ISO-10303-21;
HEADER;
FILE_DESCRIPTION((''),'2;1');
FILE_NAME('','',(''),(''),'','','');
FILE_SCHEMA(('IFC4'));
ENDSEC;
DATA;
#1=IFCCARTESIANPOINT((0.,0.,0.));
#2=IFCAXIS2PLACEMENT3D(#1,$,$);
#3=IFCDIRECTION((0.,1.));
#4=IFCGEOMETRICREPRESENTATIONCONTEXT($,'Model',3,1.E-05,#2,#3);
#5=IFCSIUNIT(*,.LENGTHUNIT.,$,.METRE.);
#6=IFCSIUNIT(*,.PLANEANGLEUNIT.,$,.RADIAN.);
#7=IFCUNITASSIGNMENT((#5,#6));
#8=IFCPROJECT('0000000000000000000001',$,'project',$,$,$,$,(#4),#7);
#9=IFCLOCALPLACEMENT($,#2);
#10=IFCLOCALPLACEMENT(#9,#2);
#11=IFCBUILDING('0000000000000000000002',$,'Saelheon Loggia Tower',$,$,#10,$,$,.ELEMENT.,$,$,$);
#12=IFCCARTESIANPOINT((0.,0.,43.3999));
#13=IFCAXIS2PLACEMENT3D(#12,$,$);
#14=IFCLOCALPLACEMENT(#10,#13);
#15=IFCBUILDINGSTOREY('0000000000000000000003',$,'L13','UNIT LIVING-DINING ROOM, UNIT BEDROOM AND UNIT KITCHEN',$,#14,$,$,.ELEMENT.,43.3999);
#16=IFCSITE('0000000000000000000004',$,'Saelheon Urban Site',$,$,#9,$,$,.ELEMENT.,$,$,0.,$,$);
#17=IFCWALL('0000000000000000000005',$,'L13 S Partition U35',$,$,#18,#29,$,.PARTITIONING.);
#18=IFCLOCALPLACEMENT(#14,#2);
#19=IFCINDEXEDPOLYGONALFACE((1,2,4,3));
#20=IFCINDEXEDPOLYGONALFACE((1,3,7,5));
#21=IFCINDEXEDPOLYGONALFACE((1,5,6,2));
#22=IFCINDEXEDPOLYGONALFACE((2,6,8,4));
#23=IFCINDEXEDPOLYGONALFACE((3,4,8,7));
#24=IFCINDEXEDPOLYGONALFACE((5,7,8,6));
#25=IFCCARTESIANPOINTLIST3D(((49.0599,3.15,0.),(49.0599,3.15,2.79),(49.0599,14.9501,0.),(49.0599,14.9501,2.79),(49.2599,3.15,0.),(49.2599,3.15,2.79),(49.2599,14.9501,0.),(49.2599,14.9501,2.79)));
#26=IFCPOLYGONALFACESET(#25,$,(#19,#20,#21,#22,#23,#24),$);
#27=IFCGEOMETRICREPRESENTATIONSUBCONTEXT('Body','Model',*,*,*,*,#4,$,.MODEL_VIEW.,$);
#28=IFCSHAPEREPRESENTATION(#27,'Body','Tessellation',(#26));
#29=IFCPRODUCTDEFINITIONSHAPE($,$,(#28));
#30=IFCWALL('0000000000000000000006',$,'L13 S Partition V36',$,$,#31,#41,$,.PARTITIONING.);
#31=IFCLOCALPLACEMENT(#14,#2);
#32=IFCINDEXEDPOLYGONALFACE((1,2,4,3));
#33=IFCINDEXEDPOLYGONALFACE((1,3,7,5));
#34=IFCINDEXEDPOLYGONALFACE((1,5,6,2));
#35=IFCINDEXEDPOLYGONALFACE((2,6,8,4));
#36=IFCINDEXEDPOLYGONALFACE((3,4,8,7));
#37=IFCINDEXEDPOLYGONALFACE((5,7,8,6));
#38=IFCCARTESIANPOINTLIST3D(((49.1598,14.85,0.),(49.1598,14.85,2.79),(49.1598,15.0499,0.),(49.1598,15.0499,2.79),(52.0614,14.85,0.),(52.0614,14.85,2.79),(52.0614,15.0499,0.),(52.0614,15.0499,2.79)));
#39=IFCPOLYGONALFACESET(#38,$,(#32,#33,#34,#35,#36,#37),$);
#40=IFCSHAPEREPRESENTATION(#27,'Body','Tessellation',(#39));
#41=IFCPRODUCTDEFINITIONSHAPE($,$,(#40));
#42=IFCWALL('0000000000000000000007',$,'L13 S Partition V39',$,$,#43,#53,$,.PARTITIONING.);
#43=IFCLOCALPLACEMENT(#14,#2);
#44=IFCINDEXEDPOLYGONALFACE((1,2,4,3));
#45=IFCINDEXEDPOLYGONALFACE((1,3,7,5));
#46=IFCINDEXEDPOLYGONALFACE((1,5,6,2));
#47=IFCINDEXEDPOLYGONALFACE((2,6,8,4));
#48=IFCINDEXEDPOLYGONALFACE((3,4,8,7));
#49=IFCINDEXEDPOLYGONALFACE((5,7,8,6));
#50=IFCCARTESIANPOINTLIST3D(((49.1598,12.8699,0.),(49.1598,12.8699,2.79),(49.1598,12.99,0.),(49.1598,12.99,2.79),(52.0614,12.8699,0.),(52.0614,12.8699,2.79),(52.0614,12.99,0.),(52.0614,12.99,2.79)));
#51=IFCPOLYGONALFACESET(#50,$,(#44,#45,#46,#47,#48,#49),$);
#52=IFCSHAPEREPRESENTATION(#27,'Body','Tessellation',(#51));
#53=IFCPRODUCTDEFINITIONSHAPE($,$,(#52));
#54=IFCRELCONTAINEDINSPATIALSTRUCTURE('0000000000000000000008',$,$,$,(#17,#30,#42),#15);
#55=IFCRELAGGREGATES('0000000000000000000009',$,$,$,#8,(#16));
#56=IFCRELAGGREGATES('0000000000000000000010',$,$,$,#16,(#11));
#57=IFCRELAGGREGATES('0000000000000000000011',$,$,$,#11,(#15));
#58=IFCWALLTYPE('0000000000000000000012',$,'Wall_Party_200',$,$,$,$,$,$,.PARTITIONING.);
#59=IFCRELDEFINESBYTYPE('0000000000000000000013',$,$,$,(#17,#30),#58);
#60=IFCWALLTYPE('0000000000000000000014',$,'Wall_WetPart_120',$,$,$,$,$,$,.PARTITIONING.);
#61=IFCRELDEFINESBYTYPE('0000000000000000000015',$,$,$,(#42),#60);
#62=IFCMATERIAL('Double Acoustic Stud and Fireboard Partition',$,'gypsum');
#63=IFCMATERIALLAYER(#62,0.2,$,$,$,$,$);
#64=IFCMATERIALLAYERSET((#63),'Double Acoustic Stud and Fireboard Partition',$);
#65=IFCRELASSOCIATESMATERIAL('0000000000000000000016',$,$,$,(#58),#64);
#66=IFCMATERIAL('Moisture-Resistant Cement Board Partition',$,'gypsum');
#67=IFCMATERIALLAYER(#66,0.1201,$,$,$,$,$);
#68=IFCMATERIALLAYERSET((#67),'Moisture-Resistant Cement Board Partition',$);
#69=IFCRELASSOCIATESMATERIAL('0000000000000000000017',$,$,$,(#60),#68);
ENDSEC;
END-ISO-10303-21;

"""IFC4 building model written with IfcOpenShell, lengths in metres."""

from ifc_helpers import new_model, si_unit, direction, frame, frame_2d, origin, place, context, subcontext, project, spatial, rectangle, extrude, material, layer, layer_set, type_object, element, save


model = new_model("IFC4")

# Units and contexts
model_context = context("Model", 3, precision=1e-05, world=origin(), true_north=direction((0.0, 1.0)))
body_context = subcontext(model_context, "Body", "Model", "MODEL_VIEW")
ifc_project = project(units=[si_unit("LENGTHUNIT", "METRE"), si_unit("PLANEANGLEUNIT", "RADIAN")], contexts=[model_context])

# Site, building, storey
site_placement = place(None, origin())
site = spatial("IfcSite", under=ifc_project, at=site_placement, Name="Saelheon Urban Site", CompositionType="ELEMENT", RefElevation=0.0)
building_placement = place(site_placement, origin())
building = spatial("IfcBuilding", under=site, at=building_placement, Name="Saelheon Loggia Tower", CompositionType="ELEMENT")
storey_placement = place(building_placement, frame((0.0, 0.0, 43.3999)))
storey = spatial("IfcBuildingStorey", under=building, at=storey_placement, Name="L13", Description="UNIT LIVING-DINING ROOM, UNIT BEDROOM AND UNIT KITCHEN", CompositionType="ELEMENT", Elevation=43.3999)

# Walls
ifc_material_1 = material(Name="Double Acoustic Stud and Fireboard Partition", Category="gypsum")
ifc_layer_1 = layer(ifc_material_1, 0.2)
ifc_layer_set_1 = layer_set([ifc_layer_1], Name="Double Acoustic Stud and Fireboard Partition")
wall_type_1 = type_object("IfcWallType", Name="Wall_Party_200", PredefinedType="PARTITIONING", material=ifc_layer_set_1)
wall_1_placement = place(storey_placement, frame((49.1599, 14.95, 0.0), z_axis=(0.0, 0.0, 1.0), x_axis=(0.0, -1.0, 0.0)))
element("IfcWall", 1, at=wall_1_placement, inside=storey, type_object=wall_type_1, Name="L13 S Partition U35", PredefinedType="PARTITIONING", context=body_context, shape_type="SweptSolid", body=[
    extrude(rectangle(XDim=11.8, YDim=0.2, at=frame_2d((5.8999, 0.0))), origin(), (0.0, 0.0, 1.0), 2.79),
])
wall_2_placement = place(storey_placement, frame((49.1599, 14.95, 0.0), z_axis=(0.0, 0.0, 1.0), x_axis=(1.0, 0.0, 0.0)))
element("IfcWall", 2, at=wall_2_placement, inside=storey, type_object=wall_type_1, Name="L13 S Partition V36", PredefinedType="PARTITIONING", context=body_context, shape_type="SweptSolid", body=[
    extrude(rectangle(XDim=2.9016, YDim=0.2, at=frame_2d((1.4507, 0.0))), origin(), (0.0, 0.0, 1.0), 2.79),
])
ifc_material_2 = material(Name="Moisture-Resistant Cement Board Partition", Category="gypsum")
ifc_layer_2 = layer(ifc_material_2, 0.1201)
ifc_layer_set_2 = layer_set([ifc_layer_2], Name="Moisture-Resistant Cement Board Partition")
wall_type_2 = type_object("IfcWallType", Name="Wall_WetPart_120", PredefinedType="PARTITIONING", material=ifc_layer_set_2)
wall_3_placement = place(storey_placement, frame((49.1599, 12.9299, 0.0), z_axis=(0.0, 0.0, 1.0), x_axis=(1.0, 0.0, 0.0)))
element("IfcWall", 3, at=wall_3_placement, inside=storey, type_object=wall_type_2, Name="L13 S Partition V39", PredefinedType="PARTITIONING", context=body_context, shape_type="SweptSolid", body=[
    extrude(rectangle(XDim=2.9016, YDim=0.1201, at=frame_2d((1.4507, 0.0))), origin(), (0.0, 0.0, 1.0), 2.79),
])

save(model, "model.ifc")
